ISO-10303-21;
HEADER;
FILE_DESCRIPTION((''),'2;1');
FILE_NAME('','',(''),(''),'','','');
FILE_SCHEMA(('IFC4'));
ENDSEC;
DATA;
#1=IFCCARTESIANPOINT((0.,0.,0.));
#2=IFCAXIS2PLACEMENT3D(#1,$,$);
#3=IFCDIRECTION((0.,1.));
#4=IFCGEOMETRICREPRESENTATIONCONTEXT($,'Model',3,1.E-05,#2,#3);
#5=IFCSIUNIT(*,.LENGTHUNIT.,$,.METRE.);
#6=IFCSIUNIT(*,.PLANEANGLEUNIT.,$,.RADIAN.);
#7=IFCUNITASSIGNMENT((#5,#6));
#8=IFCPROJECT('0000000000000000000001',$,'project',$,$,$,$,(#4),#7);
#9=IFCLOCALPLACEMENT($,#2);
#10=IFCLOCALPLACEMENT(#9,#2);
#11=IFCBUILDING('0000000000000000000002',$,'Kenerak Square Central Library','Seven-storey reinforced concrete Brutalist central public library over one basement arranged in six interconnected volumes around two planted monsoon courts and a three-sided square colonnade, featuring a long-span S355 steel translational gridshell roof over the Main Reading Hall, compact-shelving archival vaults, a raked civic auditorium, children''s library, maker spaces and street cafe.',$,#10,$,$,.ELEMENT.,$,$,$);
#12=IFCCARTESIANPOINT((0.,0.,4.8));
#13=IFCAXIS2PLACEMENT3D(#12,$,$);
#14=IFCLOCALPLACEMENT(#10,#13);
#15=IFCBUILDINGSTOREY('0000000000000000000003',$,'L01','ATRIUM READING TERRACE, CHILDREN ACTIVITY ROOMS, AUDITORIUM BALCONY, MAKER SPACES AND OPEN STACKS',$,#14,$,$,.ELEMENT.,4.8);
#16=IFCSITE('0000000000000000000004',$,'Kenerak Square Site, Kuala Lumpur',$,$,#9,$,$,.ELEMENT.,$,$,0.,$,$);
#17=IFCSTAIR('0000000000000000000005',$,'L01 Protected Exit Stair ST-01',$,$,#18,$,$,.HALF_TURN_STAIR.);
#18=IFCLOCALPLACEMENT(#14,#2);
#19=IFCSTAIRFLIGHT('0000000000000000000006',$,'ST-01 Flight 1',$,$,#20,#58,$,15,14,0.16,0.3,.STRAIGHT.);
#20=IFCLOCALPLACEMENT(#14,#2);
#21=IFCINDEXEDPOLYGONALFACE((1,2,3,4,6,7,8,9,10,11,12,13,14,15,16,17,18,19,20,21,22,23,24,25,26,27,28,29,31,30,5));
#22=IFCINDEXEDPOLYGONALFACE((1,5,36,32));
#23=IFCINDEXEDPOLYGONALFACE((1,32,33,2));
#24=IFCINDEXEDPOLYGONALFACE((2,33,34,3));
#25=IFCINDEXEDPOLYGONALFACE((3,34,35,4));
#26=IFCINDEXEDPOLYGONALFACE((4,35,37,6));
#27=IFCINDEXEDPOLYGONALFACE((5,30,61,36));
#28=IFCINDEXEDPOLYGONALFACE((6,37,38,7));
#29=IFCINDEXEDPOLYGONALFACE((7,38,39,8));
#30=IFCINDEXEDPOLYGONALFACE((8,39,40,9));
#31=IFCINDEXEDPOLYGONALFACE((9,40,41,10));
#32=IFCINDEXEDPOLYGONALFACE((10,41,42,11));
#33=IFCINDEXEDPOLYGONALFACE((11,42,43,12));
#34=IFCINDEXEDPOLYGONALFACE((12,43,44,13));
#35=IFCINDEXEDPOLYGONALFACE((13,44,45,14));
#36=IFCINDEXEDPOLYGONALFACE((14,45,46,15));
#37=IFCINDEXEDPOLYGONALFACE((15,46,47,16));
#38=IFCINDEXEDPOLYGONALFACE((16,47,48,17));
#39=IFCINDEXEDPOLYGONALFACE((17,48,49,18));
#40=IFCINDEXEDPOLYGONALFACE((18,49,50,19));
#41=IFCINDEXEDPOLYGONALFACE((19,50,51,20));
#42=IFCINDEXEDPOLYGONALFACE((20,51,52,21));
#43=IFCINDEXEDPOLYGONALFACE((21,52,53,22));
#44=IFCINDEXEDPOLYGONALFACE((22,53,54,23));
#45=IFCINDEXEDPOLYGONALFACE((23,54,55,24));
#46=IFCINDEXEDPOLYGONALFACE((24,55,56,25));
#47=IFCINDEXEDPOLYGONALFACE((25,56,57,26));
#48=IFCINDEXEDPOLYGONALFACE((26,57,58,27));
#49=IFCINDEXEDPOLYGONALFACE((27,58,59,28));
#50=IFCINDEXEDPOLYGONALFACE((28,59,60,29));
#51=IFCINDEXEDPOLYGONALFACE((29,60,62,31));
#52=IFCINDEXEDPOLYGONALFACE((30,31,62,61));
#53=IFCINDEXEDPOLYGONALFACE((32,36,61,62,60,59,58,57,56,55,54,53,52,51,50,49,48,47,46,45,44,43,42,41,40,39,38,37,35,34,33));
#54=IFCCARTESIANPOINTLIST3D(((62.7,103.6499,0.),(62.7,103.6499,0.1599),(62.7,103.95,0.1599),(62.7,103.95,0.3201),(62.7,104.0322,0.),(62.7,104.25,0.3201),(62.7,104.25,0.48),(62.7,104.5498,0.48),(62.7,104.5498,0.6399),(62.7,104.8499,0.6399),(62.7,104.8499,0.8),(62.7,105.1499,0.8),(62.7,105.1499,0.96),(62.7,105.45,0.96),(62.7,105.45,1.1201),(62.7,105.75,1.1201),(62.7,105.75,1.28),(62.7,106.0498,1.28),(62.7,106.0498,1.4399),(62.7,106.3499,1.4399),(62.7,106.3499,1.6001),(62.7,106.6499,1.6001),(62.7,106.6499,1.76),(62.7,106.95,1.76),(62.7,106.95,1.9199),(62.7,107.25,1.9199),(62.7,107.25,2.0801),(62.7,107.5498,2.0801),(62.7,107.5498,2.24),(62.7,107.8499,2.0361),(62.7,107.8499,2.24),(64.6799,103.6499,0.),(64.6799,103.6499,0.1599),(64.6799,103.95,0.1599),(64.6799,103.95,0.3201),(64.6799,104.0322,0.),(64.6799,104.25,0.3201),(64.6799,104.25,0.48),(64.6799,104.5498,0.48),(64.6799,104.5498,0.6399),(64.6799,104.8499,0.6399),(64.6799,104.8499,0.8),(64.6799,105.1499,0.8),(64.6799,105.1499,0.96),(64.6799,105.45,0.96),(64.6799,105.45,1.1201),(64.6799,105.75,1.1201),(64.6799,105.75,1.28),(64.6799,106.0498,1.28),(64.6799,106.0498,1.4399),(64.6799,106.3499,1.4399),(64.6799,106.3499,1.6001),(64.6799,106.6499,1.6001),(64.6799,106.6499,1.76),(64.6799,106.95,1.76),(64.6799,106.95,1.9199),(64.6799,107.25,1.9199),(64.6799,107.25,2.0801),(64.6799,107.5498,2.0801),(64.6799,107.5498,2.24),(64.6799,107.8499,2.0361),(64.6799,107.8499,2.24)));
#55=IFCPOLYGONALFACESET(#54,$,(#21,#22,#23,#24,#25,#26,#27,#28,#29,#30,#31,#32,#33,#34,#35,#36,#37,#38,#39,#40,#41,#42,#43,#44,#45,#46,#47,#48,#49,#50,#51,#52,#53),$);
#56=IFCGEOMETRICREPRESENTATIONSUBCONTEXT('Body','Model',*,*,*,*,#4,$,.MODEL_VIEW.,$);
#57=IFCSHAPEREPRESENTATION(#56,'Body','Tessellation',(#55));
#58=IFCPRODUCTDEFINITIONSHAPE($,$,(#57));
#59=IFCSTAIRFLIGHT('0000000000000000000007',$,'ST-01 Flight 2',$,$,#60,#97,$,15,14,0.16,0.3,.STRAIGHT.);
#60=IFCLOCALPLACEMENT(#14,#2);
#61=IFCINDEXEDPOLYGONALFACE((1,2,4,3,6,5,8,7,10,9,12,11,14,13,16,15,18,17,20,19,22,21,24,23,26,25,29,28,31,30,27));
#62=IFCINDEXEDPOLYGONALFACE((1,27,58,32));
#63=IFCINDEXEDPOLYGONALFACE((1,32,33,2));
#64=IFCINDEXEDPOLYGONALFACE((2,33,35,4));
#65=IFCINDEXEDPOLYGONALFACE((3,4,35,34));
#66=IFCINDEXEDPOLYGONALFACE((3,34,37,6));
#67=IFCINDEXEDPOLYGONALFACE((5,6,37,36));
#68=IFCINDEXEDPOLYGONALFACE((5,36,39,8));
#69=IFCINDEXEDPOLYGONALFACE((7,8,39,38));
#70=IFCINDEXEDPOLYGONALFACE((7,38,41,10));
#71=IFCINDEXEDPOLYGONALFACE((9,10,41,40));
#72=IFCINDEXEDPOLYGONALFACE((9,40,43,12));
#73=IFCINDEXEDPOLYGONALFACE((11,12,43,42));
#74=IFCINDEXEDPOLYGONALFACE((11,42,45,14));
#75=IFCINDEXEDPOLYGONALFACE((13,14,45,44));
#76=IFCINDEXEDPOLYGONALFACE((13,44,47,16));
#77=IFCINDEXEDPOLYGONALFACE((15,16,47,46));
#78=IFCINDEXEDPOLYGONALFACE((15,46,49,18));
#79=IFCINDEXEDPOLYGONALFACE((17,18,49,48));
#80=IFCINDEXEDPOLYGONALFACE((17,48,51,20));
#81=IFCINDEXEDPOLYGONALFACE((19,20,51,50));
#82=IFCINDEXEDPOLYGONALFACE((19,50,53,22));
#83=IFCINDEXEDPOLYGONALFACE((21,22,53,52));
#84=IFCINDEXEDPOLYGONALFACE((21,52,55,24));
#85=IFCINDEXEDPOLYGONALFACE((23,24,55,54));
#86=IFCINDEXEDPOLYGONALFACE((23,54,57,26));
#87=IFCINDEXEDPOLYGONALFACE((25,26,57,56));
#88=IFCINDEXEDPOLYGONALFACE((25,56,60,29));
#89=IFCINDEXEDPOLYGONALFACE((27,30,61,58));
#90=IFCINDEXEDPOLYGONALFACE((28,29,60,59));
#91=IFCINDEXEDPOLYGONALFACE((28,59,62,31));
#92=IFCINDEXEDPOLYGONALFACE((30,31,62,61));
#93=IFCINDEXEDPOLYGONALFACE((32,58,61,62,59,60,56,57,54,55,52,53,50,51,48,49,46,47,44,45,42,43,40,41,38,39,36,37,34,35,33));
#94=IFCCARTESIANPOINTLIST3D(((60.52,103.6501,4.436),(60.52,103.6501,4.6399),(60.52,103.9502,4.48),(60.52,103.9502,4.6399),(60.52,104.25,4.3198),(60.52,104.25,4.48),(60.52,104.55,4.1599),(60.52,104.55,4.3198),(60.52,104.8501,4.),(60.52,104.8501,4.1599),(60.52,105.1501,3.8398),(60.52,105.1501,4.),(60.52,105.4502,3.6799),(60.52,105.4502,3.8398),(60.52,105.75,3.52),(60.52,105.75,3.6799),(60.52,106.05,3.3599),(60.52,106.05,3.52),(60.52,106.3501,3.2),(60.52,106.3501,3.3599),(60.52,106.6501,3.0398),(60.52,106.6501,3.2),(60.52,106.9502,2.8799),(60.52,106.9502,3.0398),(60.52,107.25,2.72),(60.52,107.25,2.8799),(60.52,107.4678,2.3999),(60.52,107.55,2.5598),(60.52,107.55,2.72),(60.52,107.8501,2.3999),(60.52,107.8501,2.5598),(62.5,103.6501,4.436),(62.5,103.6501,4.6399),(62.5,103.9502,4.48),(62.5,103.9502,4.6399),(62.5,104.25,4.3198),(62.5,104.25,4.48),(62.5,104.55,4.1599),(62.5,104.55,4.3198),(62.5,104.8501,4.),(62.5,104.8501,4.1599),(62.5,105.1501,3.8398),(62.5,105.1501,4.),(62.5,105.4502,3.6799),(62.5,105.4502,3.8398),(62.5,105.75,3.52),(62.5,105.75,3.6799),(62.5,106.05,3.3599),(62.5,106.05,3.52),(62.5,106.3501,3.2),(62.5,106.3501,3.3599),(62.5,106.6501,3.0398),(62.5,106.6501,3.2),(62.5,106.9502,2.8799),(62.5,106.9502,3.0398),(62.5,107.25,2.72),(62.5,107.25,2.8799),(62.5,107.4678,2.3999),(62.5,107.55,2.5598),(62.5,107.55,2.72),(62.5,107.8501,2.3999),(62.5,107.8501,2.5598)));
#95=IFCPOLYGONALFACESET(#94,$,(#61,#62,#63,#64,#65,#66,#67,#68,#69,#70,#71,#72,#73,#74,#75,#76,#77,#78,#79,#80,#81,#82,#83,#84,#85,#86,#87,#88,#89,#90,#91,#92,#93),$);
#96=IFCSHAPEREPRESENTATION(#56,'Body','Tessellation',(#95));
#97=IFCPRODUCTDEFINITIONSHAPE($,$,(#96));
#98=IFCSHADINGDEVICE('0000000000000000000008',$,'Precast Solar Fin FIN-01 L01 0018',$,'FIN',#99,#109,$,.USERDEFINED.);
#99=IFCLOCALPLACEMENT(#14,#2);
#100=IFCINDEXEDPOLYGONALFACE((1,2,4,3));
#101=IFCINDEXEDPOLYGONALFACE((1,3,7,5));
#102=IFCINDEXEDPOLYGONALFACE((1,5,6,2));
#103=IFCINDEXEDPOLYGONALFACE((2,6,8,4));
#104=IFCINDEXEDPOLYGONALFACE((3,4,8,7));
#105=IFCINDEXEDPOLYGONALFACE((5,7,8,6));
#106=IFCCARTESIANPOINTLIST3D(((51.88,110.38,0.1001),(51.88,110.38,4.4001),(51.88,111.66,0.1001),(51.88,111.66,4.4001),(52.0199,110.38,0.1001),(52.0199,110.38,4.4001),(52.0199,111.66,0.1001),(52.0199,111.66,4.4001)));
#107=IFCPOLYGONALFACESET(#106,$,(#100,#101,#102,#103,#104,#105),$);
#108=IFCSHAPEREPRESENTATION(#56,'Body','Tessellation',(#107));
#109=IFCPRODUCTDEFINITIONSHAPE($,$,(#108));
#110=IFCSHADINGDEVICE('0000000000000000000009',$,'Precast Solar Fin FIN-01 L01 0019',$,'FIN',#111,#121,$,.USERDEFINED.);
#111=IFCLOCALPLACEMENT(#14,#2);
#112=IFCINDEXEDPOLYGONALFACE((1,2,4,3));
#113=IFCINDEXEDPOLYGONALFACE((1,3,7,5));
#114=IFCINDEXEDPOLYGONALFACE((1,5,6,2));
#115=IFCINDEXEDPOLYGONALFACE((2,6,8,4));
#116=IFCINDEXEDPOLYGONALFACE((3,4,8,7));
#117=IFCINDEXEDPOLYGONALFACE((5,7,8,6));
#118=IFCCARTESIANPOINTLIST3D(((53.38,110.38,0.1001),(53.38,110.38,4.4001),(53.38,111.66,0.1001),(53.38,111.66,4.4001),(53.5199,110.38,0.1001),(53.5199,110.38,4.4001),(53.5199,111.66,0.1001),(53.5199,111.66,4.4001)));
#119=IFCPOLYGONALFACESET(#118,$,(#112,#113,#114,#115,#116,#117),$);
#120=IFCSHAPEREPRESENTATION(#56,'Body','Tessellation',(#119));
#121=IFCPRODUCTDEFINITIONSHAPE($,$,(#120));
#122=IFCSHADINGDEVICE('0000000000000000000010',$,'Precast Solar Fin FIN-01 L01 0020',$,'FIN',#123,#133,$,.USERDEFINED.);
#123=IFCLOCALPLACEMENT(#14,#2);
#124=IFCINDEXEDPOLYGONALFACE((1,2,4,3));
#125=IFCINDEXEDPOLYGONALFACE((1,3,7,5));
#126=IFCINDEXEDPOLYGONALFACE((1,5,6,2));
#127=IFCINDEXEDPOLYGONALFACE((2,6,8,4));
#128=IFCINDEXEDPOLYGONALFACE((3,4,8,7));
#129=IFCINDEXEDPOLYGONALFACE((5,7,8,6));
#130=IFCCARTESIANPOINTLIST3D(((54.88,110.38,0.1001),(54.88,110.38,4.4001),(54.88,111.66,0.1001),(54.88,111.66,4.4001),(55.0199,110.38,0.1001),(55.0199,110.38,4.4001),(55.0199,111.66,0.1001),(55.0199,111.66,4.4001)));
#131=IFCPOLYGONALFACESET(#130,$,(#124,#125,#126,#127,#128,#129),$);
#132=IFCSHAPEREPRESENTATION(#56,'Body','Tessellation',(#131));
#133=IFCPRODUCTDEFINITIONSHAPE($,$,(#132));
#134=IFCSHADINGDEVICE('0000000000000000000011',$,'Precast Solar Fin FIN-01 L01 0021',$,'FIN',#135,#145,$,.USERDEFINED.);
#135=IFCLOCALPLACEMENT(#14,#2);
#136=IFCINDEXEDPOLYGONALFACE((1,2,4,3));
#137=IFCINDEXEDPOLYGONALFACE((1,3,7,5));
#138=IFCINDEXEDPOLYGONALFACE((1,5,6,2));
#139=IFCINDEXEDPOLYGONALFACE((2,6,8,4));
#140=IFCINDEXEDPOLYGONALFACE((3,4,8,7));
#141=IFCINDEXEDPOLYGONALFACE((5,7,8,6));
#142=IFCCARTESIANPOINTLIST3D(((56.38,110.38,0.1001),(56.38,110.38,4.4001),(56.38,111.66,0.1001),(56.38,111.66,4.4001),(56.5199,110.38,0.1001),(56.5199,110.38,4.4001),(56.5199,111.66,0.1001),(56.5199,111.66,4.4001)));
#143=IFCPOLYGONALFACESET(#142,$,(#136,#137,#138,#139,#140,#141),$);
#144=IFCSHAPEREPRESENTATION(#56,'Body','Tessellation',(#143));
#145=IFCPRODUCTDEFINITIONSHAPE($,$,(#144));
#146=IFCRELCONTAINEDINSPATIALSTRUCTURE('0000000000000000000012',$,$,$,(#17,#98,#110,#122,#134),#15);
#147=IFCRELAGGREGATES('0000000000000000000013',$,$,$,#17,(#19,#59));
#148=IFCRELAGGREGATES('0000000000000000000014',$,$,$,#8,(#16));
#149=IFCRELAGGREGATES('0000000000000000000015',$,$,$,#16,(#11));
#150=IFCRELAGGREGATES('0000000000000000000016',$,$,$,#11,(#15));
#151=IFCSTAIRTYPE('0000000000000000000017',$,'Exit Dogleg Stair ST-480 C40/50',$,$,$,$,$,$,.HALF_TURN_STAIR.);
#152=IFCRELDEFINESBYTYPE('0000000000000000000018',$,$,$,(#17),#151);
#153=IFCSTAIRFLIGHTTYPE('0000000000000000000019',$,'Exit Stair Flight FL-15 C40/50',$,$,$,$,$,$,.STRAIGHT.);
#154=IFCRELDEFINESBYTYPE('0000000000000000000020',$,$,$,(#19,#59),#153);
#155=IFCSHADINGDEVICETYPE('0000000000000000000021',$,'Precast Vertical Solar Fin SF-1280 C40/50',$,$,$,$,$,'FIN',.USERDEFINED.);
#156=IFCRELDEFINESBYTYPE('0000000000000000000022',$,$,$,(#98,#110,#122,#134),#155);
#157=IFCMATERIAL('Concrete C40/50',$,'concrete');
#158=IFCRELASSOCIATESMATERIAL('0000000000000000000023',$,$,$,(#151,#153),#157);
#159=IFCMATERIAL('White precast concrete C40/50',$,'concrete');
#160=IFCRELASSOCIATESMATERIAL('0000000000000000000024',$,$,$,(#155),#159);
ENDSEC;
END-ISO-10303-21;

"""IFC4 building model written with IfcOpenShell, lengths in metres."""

from ifc_helpers import new_model, si_unit, direction, frame, origin, origin_2d, place, context, subcontext, project, spatial, polyline, rectangle, outline, extrude, material, type_object, element, aggregate, save


model = new_model("IFC4")

# Units and contexts
model_context = context("Model", 3, precision=1e-05, world=origin(), true_north=direction((0.0, 1.0)))
body_context = subcontext(model_context, "Body", "Model", "MODEL_VIEW")
ifc_project = project(units=[si_unit("LENGTHUNIT", "METRE"), si_unit("PLANEANGLEUNIT", "RADIAN")], contexts=[model_context])

# Site, building, storey
site_placement = place(None, origin())
site = spatial("IfcSite", under=ifc_project, at=site_placement, Name="Kenerak Square Site, Kuala Lumpur", CompositionType="ELEMENT", RefElevation=0.0)
building_placement = place(site_placement, origin())
building = spatial("IfcBuilding", under=site, at=building_placement, Name="Kenerak Square Central Library", Description="Seven-storey reinforced concrete Brutalist central public library over one basement arranged in six interconnected volumes around two planted monsoon courts and a three-sided square colonnade, featuring a long-span S355 steel translational gridshell roof over the Main Reading Hall, compact-shelving archival vaults, a raked civic auditorium, children's library, maker spaces and street cafe.", CompositionType="ELEMENT")
storey_placement = place(building_placement, frame((0.0, 0.0, 4.8)))
storey = spatial("IfcBuildingStorey", under=building, at=storey_placement, Name="L01", Description="ATRIUM READING TERRACE, CHILDREN ACTIVITY ROOMS, AUDITORIUM BALCONY, MAKER SPACES AND OPEN STACKS", CompositionType="ELEMENT", Elevation=4.8)

# Shared definitions
ifc_material_1 = material(Name="Concrete C40/50", Category="concrete")

# Stair, stair flights
stair_type = type_object("IfcStairType", Name="Exit Dogleg Stair ST-480 C40/50", PredefinedType="HALF_TURN_STAIR", material=ifc_material_1)
stair_placement = place(storey_placement, origin())
stair = element("IfcStair", 1, at=stair_placement, inside=storey, type_object=stair_type, Name="L01 Protected Exit Stair ST-01", PredefinedType="HALF_TURN_STAIR")
stair_flight_type = type_object("IfcStairFlightType", Name="Exit Stair Flight FL-15 C40/50", PredefinedType="STRAIGHT", material=ifc_material_1)
stair_flight_1_placement = place(storey_placement, frame((63.6899, 103.6499, 0.0), z_axis=(0.0, 0.0, 1.0), x_axis=(0.0, 1.0, 0.0)))
stair_flight_1 = element("IfcStairFlight", 2, at=stair_flight_1_placement, type_object=stair_flight_type, Name="ST-01 Flight 1", NumberOfRisers=15, NumberOfTreads=14, PredefinedType="STRAIGHT", RiserHeight=0.16, TreadLength=0.3, context=body_context, shape_type="SweptSolid", body=[
    extrude(outline(polyline([(0.0, 0.0), (0.0, 0.1599), (0.3, 0.1599), (0.3, 0.3201), (0.6001, 0.3201), (0.6001, 0.48), (0.8999, 0.48), (0.8999, 0.6399), (1.2, 0.6399), (1.2, 0.8), (1.5, 0.8), (1.5, 0.96), (1.8, 0.96), (1.8, 1.1201), (2.1001, 1.1201), (2.1001, 1.28), (2.3999, 1.28), (2.3999, 1.4399), (2.7, 1.4399), (2.7, 1.6001), (3.0, 1.6001), (3.0, 1.76), (3.3, 1.76), (3.3, 1.9199), (3.6001, 1.9199), (3.6001, 2.0801), (3.8999, 2.0801), (3.8999, 2.24), (4.2, 2.24), (4.2, 2.3999), (4.2, 2.0361), (0.3823, 0.0), (0.0, 0.0)])), frame((0.0, 0.99, 0.0), z_axis=(0.0, -1.0, 0.0), x_axis=(1.0, 0.0, 0.0)), (0.0, 0.0, 1.0), 1.98),
])
stair_flight_2_placement = place(storey_placement, frame((61.51, 107.8501, 2.3999), z_axis=(0.0, 0.0, 1.0), x_axis=(0.0, -1.0, 0.0)))
stair_flight_2 = element("IfcStairFlight", 3, at=stair_flight_2_placement, type_object=stair_flight_type, Name="ST-01 Flight 2", NumberOfRisers=15, NumberOfTreads=14, PredefinedType="STRAIGHT", RiserHeight=0.16, TreadLength=0.3, context=body_context, shape_type="SweptSolid", body=[
    extrude(outline(polyline([(0.0, 0.0), (0.0, 0.1599), (0.3, 0.1599), (0.3, 0.3201), (0.6001, 0.3201), (0.6001, 0.48), (0.8999, 0.48), (0.8999, 0.6399), (1.2, 0.6399), (1.2, 0.8), (1.5, 0.8), (1.5, 0.96), (1.8, 0.96), (1.8, 1.1201), (2.1001, 1.1201), (2.1001, 1.28), (2.3999, 1.28), (2.3999, 1.4399), (2.7, 1.4399), (2.7, 1.6001), (3.0, 1.6001), (3.0, 1.76), (3.3, 1.76), (3.3, 1.9199), (3.6001, 1.9199), (3.6001, 2.0801), (3.8999, 2.0801), (3.8999, 2.24), (4.2, 2.24), (4.2, 2.3999), (4.2, 2.0361), (0.3823, 0.0), (0.0, 0.0)])), frame((0.0, 0.99, 0.0), z_axis=(0.0, -1.0, 0.0), x_axis=(1.0, 0.0, 0.0)), (0.0, 0.0, 1.0), 1.98),
])
aggregate(stair, [stair_flight_1, stair_flight_2])

# Shading devices
ifc_material_2 = material(Name="White precast concrete C40/50", Category="concrete")
shading_device_type = type_object("IfcShadingDeviceType", Name="Precast Vertical Solar Fin SF-1280 C40/50", ElementType="FIN", PredefinedType="USERDEFINED", material=ifc_material_2)
for number, where, z_axis, x_axis, name in (
    (4, (51.95, 111.02, 0.1001), (0.0, 0.0, 1.0), (1.0, 0.0, 0.0), "Precast Solar Fin FIN-01 L01 0018"),
    (5, (53.45, 111.02, 0.1001), (0.0, 0.0, 1.0), (1.0, 0.0, 0.0), "Precast Solar Fin FIN-01 L01 0019"),
    (6, (54.95, 111.02, 0.1001), (0.0, 0.0, 1.0), (1.0, 0.0, 0.0), "Precast Solar Fin FIN-01 L01 0020"),
    (7, (56.45, 111.02, 0.1001), (0.0, 0.0, 1.0), (1.0, 0.0, 0.0), "Precast Solar Fin FIN-01 L01 0021"),
):
    element("IfcShadingDevice", number, at=place(storey_placement, frame(where, z_axis=z_axis, x_axis=x_axis)), inside=storey, type_object=shading_device_type, Name=name, ObjectType="FIN", PredefinedType="USERDEFINED", context=body_context, shape_type="SweptSolid", body=[
        extrude(rectangle(XDim=0.1399, YDim=1.28, at=origin_2d()), origin(), (0.0, 0.0, 1.0), 4.3),
    ])

save(model, "model.ifc")
